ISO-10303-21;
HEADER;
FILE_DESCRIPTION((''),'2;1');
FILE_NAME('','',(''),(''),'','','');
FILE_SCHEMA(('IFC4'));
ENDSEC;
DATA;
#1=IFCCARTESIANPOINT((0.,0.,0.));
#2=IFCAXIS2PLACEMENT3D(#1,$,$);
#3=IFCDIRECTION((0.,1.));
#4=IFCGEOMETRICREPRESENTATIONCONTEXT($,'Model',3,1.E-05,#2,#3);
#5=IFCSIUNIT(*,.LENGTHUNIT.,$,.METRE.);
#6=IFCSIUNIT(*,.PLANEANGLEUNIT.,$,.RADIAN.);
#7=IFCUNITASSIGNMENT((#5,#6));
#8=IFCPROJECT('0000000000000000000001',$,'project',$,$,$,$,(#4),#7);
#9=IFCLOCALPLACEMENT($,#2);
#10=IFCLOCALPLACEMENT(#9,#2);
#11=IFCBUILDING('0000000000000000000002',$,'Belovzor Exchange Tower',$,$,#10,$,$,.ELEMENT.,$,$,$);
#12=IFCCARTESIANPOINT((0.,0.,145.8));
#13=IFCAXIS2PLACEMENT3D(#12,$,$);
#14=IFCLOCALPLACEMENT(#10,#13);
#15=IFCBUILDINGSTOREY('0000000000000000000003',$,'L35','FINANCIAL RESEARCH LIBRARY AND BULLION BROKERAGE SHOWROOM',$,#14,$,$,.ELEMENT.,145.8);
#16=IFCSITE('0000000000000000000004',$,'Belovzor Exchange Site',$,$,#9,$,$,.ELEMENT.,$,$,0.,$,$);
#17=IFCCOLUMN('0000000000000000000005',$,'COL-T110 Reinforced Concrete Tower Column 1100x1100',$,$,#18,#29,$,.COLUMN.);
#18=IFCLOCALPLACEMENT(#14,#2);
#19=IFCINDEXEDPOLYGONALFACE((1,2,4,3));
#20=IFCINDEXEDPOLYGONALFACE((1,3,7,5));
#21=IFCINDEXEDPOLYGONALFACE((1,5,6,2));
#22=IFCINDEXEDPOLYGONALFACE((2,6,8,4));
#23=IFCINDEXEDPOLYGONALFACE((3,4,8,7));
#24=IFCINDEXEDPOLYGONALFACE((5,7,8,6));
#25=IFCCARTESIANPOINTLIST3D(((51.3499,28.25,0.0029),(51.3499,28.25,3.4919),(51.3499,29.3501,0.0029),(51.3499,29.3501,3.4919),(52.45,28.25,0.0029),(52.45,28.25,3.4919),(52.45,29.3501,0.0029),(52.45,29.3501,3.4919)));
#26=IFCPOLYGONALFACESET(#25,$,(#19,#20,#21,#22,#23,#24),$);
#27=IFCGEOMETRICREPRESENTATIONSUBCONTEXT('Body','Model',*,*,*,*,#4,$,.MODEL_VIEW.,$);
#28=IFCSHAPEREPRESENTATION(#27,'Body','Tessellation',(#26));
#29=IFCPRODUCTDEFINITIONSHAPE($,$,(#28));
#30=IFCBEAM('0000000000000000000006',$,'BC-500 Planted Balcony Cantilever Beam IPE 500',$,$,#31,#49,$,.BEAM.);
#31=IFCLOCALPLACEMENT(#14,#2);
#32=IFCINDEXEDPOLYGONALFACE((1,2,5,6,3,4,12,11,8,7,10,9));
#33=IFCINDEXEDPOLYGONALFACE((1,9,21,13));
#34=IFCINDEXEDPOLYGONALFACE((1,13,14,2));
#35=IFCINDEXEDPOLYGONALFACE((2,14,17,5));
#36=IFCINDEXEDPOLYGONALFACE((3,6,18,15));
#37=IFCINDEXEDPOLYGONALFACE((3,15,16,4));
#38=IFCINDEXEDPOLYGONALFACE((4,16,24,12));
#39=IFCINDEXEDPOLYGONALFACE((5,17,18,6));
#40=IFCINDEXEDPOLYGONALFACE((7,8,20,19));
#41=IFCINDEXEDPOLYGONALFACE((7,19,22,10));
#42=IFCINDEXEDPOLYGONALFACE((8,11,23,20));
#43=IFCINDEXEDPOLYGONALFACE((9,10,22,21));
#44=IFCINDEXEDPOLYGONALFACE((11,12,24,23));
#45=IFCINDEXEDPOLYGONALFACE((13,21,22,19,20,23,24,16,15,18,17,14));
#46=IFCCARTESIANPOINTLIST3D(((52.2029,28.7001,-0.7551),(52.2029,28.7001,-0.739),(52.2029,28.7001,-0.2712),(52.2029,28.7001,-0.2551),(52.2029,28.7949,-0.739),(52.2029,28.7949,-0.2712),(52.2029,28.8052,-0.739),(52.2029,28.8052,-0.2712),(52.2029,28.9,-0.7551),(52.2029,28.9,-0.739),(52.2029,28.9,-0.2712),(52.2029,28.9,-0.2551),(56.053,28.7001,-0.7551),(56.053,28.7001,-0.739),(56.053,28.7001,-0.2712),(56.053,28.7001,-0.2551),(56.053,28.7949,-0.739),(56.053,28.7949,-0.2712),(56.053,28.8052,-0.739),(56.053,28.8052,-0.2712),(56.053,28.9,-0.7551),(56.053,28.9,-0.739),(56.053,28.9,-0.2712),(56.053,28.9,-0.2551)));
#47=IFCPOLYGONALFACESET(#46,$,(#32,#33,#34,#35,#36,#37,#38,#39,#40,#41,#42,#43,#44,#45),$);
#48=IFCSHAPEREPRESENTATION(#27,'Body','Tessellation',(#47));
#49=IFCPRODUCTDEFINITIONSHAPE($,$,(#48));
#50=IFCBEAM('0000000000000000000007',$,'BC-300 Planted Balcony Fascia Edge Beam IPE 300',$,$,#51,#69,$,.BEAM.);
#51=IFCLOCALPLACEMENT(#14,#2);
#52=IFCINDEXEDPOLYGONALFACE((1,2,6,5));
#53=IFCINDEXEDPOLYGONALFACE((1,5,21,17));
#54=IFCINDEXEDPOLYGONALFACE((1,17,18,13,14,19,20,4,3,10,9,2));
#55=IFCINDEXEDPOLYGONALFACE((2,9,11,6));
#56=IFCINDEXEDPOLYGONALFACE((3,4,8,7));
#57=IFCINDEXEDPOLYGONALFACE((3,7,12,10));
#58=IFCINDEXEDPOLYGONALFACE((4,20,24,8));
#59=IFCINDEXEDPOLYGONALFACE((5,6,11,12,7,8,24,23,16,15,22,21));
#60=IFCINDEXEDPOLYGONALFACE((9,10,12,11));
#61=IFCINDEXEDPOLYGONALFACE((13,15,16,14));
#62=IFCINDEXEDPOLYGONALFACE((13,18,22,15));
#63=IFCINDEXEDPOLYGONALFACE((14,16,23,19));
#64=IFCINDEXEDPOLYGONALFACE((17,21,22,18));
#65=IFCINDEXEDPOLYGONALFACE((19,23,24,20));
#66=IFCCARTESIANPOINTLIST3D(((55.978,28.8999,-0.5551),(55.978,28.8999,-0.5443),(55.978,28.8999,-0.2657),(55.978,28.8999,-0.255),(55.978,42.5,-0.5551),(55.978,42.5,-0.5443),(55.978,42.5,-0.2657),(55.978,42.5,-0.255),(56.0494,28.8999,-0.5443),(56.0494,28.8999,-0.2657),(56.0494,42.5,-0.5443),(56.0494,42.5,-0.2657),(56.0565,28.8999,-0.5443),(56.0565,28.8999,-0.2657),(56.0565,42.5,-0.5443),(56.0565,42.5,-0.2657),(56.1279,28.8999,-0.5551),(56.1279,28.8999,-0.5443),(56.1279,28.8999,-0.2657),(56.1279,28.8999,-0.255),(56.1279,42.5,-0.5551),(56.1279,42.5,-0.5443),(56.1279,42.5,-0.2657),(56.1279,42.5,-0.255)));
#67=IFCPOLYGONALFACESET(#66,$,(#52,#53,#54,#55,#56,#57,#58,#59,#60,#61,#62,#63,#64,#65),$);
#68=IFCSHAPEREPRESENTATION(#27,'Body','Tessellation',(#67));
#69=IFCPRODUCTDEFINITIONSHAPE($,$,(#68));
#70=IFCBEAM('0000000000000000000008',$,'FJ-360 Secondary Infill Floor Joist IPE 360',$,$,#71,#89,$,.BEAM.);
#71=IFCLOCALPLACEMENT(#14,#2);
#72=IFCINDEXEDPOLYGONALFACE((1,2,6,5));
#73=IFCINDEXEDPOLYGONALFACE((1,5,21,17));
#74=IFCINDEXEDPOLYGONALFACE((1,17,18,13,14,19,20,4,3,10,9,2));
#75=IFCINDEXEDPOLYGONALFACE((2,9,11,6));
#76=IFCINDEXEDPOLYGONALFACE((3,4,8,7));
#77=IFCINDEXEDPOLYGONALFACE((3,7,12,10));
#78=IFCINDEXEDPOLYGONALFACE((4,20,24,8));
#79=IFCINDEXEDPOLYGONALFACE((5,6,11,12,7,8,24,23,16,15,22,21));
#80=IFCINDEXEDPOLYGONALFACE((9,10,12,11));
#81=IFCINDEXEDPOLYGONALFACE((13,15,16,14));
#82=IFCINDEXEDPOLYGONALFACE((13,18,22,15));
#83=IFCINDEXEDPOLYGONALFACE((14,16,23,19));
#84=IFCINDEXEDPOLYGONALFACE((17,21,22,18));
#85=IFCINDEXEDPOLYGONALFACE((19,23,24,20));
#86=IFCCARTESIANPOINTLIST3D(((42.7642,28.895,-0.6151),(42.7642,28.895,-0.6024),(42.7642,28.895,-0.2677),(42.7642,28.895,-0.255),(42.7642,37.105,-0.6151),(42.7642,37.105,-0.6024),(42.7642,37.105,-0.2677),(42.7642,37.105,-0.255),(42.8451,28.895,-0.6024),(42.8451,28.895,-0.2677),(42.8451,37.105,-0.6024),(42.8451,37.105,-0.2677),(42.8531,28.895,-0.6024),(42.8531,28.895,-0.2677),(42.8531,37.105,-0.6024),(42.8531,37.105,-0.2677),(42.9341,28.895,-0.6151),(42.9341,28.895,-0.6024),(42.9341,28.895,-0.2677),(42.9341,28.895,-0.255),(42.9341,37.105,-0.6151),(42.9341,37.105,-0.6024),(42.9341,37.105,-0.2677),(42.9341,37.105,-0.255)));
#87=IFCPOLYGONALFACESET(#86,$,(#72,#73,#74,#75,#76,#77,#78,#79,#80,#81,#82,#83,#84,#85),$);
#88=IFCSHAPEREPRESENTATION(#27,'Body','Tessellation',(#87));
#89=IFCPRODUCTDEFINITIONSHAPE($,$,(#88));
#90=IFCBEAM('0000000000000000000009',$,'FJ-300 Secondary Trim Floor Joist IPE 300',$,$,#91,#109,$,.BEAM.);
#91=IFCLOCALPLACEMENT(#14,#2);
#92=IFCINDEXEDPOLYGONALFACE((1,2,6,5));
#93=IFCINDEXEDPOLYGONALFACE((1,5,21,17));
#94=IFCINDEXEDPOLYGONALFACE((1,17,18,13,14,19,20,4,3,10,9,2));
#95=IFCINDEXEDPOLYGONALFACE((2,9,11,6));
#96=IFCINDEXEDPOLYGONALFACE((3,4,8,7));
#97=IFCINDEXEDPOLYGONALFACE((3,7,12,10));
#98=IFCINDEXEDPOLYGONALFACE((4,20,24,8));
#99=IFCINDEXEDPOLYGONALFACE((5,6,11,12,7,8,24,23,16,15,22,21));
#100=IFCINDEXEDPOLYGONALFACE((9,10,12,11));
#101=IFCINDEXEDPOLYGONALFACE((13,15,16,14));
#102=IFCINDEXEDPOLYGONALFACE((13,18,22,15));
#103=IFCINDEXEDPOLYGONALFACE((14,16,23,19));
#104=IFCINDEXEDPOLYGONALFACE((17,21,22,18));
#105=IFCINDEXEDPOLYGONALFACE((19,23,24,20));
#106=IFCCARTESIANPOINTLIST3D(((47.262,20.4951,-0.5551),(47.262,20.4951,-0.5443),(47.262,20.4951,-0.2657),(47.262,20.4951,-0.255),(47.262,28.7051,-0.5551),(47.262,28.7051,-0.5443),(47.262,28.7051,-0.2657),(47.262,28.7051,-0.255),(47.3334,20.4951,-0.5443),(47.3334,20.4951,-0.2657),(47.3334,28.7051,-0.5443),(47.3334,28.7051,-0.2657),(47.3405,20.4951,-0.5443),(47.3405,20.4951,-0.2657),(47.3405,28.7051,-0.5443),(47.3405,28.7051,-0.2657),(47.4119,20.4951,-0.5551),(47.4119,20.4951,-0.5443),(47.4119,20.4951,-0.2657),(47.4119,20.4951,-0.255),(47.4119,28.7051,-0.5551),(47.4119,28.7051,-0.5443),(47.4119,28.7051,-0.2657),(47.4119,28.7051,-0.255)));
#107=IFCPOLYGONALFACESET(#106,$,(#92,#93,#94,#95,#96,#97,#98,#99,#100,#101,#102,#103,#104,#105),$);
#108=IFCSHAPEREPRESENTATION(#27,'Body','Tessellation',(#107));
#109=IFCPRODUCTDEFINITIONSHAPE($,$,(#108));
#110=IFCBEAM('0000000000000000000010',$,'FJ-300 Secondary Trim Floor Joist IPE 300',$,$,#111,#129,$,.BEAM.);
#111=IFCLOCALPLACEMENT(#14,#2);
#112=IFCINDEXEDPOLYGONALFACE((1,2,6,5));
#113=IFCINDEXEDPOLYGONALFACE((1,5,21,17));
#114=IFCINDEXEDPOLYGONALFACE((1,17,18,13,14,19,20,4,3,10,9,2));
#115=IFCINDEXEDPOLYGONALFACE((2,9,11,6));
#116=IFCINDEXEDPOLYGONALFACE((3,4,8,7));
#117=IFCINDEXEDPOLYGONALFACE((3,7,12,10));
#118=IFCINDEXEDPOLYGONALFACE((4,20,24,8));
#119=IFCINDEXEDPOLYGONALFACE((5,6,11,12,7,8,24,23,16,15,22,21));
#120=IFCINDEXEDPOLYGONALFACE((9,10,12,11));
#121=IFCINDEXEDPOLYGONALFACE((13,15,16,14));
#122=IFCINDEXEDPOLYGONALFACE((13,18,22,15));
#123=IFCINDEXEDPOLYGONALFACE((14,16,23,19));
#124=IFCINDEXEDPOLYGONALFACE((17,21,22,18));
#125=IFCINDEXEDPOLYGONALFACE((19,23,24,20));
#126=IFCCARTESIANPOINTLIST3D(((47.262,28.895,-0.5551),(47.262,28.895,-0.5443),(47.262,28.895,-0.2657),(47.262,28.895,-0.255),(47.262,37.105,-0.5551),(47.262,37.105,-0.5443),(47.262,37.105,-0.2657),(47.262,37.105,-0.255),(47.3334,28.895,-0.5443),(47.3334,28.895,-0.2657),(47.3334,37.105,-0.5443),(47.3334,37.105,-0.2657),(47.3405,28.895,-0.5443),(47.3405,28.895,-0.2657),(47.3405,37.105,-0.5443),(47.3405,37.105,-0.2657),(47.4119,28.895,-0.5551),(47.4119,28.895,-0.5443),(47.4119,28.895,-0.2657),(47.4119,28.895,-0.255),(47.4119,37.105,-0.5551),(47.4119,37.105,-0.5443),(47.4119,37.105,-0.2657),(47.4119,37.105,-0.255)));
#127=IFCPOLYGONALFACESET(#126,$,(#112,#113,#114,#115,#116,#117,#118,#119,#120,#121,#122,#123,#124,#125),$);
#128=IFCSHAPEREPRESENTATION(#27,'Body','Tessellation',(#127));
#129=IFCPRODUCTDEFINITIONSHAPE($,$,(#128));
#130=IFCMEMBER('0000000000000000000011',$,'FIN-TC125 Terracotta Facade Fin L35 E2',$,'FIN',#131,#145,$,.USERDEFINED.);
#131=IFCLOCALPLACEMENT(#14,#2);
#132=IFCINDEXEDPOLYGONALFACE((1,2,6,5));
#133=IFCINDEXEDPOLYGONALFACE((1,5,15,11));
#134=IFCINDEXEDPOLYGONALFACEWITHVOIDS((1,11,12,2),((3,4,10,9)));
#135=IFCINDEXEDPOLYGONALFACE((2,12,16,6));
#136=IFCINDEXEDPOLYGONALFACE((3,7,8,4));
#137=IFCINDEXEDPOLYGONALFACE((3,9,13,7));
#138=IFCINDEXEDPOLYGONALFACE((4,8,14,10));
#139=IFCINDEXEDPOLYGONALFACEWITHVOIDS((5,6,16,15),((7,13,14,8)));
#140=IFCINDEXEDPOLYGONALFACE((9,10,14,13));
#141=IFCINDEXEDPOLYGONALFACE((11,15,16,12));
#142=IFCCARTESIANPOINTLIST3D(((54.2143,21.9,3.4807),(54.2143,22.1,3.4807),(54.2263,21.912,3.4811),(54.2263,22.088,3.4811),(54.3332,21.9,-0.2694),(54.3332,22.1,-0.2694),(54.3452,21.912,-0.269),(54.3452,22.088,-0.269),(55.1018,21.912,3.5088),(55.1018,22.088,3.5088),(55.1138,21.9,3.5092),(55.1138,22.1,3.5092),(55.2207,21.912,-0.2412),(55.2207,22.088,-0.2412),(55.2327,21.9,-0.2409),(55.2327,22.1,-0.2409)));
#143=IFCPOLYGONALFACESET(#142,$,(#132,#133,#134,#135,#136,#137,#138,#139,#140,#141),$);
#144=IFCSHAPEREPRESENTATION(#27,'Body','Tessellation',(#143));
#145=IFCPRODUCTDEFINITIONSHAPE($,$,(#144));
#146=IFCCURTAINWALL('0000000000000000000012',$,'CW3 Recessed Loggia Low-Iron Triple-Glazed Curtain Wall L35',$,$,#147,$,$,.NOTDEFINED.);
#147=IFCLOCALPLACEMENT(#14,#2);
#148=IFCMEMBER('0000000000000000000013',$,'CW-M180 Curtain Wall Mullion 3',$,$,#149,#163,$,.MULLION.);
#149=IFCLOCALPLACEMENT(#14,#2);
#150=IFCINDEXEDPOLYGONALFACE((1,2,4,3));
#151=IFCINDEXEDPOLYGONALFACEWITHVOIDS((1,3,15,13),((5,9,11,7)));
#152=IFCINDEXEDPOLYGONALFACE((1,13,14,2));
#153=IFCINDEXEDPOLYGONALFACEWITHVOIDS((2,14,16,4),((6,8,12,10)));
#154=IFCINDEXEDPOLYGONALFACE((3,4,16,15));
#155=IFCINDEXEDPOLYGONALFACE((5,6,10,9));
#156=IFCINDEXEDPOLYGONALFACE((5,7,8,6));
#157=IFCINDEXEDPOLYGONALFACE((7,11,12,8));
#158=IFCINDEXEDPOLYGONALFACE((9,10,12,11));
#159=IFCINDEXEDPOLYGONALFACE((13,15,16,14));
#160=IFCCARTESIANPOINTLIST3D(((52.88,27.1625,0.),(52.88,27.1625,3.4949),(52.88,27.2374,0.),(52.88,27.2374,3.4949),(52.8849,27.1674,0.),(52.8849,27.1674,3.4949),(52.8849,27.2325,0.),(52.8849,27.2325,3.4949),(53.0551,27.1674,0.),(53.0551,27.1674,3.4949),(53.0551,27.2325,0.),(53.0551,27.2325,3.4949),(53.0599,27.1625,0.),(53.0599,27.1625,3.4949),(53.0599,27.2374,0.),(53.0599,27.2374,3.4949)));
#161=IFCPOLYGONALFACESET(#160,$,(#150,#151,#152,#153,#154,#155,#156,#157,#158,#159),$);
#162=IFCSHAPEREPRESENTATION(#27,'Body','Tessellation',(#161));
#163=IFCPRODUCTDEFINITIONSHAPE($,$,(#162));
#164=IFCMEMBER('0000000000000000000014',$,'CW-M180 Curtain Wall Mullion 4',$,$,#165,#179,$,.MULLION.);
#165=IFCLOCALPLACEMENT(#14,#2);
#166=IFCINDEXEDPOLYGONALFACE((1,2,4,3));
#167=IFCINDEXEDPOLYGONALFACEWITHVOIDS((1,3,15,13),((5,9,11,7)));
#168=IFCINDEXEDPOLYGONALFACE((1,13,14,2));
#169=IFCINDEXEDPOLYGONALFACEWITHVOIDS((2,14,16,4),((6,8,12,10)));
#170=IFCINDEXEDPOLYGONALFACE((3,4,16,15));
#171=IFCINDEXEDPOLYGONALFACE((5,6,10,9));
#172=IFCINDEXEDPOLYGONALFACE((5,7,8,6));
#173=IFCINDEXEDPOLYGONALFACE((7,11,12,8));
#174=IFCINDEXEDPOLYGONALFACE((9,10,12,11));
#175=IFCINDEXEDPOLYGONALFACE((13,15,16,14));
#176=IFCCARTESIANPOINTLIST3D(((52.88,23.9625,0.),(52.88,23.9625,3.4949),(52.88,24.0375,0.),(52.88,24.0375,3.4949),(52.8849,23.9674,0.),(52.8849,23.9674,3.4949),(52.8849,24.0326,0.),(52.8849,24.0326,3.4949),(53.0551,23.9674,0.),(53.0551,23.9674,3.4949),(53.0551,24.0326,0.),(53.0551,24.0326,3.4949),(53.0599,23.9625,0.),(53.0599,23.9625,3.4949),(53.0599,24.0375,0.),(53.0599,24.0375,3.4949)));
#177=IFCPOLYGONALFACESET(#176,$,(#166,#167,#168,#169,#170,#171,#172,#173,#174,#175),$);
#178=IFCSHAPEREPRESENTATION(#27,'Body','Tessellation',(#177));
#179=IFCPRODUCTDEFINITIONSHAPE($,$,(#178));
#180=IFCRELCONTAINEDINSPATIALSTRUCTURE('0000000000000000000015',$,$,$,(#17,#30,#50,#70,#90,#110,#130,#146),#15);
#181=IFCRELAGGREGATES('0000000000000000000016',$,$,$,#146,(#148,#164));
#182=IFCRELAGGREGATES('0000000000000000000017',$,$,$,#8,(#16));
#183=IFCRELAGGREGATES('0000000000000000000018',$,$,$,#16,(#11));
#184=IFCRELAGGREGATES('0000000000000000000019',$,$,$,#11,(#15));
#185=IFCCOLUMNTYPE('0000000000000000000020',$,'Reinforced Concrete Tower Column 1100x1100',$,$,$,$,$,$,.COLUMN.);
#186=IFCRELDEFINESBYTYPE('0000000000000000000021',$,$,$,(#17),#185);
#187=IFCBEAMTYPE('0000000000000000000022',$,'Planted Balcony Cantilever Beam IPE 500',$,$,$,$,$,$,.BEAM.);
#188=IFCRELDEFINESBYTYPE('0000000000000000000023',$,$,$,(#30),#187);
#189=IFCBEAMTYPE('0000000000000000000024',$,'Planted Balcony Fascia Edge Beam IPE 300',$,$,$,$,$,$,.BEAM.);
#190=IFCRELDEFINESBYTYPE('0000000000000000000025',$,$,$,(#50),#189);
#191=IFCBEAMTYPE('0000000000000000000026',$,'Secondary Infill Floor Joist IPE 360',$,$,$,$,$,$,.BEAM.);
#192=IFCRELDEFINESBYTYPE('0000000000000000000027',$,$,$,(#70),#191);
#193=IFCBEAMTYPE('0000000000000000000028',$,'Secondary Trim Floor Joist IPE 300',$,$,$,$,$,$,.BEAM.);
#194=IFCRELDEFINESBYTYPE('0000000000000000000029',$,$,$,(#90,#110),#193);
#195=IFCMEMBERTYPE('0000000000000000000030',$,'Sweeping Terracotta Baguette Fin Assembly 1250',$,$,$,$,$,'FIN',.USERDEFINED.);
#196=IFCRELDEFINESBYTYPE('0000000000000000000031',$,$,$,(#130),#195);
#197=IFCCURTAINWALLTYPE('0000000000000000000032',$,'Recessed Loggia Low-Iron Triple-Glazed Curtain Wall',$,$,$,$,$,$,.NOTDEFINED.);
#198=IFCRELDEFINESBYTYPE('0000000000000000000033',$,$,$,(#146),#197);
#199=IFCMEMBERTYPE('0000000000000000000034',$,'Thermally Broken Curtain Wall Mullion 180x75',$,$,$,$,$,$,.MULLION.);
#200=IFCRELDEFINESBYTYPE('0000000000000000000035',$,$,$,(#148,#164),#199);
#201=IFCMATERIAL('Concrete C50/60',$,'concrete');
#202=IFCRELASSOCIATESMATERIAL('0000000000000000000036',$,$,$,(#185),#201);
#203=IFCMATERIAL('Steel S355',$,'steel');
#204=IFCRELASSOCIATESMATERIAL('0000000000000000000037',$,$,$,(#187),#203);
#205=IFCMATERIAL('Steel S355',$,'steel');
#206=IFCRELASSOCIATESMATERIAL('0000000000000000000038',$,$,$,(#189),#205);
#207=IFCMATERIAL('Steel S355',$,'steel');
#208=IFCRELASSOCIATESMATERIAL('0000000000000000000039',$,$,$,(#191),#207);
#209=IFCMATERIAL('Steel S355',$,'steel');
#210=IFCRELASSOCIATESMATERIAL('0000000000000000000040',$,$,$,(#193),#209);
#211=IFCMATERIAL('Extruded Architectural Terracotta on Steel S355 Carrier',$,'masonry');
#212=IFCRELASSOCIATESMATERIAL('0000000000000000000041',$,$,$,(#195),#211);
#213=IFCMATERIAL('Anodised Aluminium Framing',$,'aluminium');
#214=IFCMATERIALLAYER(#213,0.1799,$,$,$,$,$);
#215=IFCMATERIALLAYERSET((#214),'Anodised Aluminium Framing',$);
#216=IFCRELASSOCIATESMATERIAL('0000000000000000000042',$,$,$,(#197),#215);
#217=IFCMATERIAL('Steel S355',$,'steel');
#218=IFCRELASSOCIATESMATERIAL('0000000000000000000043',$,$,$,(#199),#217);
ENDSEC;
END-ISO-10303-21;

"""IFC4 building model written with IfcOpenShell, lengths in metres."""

from ifc_helpers import new_model, si_unit, direction, frame, origin, origin_2d, place, context, subcontext, project, spatial, rectangle, hollow_rectangle, i_section, extrude, material, layer, layer_set, material_profile, profile_set, type_object, element, aggregate, save


model = new_model("IFC4")

# Units and contexts
model_context = context("Model", 3, precision=1e-05, world=origin(), true_north=direction((0.0, 1.0)))
body_context = subcontext(model_context, "Body", "Model", "MODEL_VIEW")
ifc_project = project(units=[si_unit("LENGTHUNIT", "METRE"), si_unit("PLANEANGLEUNIT", "RADIAN")], contexts=[model_context])

# Site, building, storey
site_placement = place(None, origin())
site = spatial("IfcSite", under=ifc_project, at=site_placement, Name="Belovzor Exchange Site", CompositionType="ELEMENT", RefElevation=0.0)
building_placement = place(site_placement, origin())
building = spatial("IfcBuilding", under=site, at=building_placement, Name="Belovzor Exchange Tower", CompositionType="ELEMENT")
storey_placement = place(building_placement, frame((0.0, 0.0, 145.8)))
storey = spatial("IfcBuildingStorey", under=building, at=storey_placement, Name="L35", Description="FINANCIAL RESEARCH LIBRARY AND BULLION BROKERAGE SHOWROOM", CompositionType="ELEMENT", Elevation=145.8)

# Column
ifc_material_1 = material(Name="Concrete C50/60", Category="concrete")
ifc_material_profile_1 = material_profile(ifc_material_1, rectangle(XDim=1.1001, YDim=1.1001, at=origin_2d()))
ifc_profile_set_1 = profile_set([ifc_material_profile_1], Name="Concrete C50/60")
column_type = type_object("IfcColumnType", Name="Reinforced Concrete Tower Column 1100x1100", PredefinedType="COLUMN", material=ifc_profile_set_1)
column_placement = place(storey_placement, frame((51.8999, 28.8, 0.0029), z_axis=(0.0, 0.0, 1.0), x_axis=(1.0, 0.0, 0.0)))
element("IfcColumn", 1, at=column_placement, inside=storey, type_object=column_type, Name="COL-T110 Reinforced Concrete Tower Column 1100x1100", PredefinedType="COLUMN", context=body_context, shape_type="SweptSolid", body=[
    extrude(rectangle(XDim=1.1001, YDim=1.1001, at=origin_2d()), origin(), (0.0, 0.0, 1.0), 3.489),
])

# Beams
ifc_material_2 = material(Name="Steel S355", Category="steel")
ifc_material_profile_2 = material_profile(ifc_material_2, i_section(OverallWidth=0.2, OverallDepth=0.5, WebThickness=0.0103, FlangeThickness=0.0161, at=origin_2d()))
ifc_profile_set_2 = profile_set([ifc_material_profile_2], Name="Steel S355")
beam_type_1 = type_object("IfcBeamType", Name="Planted Balcony Cantilever Beam IPE 500", PredefinedType="BEAM", material=ifc_profile_set_2)
beam_1_placement = place(storey_placement, frame((52.2029, 28.8, -0.5051), z_axis=(1.0, 0.0, 0.0), x_axis=(0.0, 1.0, 0.0)))
element("IfcBeam", 2, at=beam_1_placement, inside=storey, type_object=beam_type_1, Name="BC-500 Planted Balcony Cantilever Beam IPE 500", PredefinedType="BEAM", context=body_context, shape_type="SweptSolid", body=[
    extrude(i_section(OverallWidth=0.2, OverallDepth=0.5, WebThickness=0.0103, FlangeThickness=0.0161, at=origin_2d()), origin(), (0.0, 0.0, 1.0), 3.8501),
])
ifc_material_3 = material(Name="Steel S355", Category="steel")
ifc_material_profile_3 = material_profile(ifc_material_3, i_section(OverallWidth=0.1499, OverallDepth=0.3, WebThickness=0.0071, FlangeThickness=0.0107, at=origin_2d()))
ifc_profile_set_3 = profile_set([ifc_material_profile_3], Name="Steel S355")
beam_type_2 = type_object("IfcBeamType", Name="Planted Balcony Fascia Edge Beam IPE 300", PredefinedType="BEAM", material=ifc_profile_set_3)
beam_2_placement = place(storey_placement, frame((56.053, 28.8999, -0.405), z_axis=(0.0, 1.0, 0.0), x_axis=(-1.0, 0.0, 0.0)))
element("IfcBeam", 3, at=beam_2_placement, inside=storey, type_object=beam_type_2, Name="BC-300 Planted Balcony Fascia Edge Beam IPE 300", PredefinedType="BEAM", context=body_context, shape_type="SweptSolid", body=[
    extrude(i_section(OverallWidth=0.1499, OverallDepth=0.3, WebThickness=0.0071, FlangeThickness=0.0107, at=origin_2d()), origin(), (0.0, 0.0, 1.0), 13.6001),
])
ifc_material_4 = material(Name="Steel S355", Category="steel")
ifc_material_profile_4 = material_profile(ifc_material_4, i_section(OverallWidth=0.1699, OverallDepth=0.3601, WebThickness=0.0081, FlangeThickness=0.0127, at=origin_2d()))
ifc_profile_set_4 = profile_set([ifc_material_profile_4], Name="Steel S355")
beam_type_3 = type_object("IfcBeamType", Name="Secondary Infill Floor Joist IPE 360", PredefinedType="BEAM", material=ifc_profile_set_4)
beam_3_placement = place(storey_placement, frame((42.8491, 28.895, -0.4351), z_axis=(0.0, 1.0, 0.0), x_axis=(-1.0, 0.0, 0.0)))
element("IfcBeam", 4, at=beam_3_placement, inside=storey, type_object=beam_type_3, Name="FJ-360 Secondary Infill Floor Joist IPE 360", PredefinedType="BEAM", context=body_context, shape_type="SweptSolid", body=[
    extrude(i_section(OverallWidth=0.1699, OverallDepth=0.3601, WebThickness=0.0081, FlangeThickness=0.0127, at=origin_2d()), origin(), (0.0, 0.0, 1.0), 8.21),
])
ifc_material_5 = material(Name="Steel S355", Category="steel")
ifc_material_profile_5 = material_profile(ifc_material_5, i_section(OverallWidth=0.1499, OverallDepth=0.3, WebThickness=0.0071, FlangeThickness=0.0107, at=origin_2d()))
ifc_profile_set_5 = profile_set([ifc_material_profile_5], Name="Steel S355")
beam_type_4 = type_object("IfcBeamType", Name="Secondary Trim Floor Joist IPE 300", PredefinedType="BEAM", material=ifc_profile_set_5)
for number, where, z_axis, x_axis, name in (
    (5, (47.3369, 20.4951, -0.405), (0.0, 1.0, 0.0), (-1.0, 0.0, 0.0), "FJ-300 Secondary Trim Floor Joist IPE 300"),
    (6, (47.3369, 28.895, -0.405), (0.0, 1.0, 0.0), (-1.0, 0.0, 0.0), "FJ-300 Secondary Trim Floor Joist IPE 300"),
):
    element("IfcBeam", number, at=place(storey_placement, frame(where, z_axis=z_axis, x_axis=x_axis)), inside=storey, type_object=beam_type_4, Name=name, PredefinedType="BEAM", context=body_context, shape_type="SweptSolid", body=[
        extrude(i_section(OverallWidth=0.1499, OverallDepth=0.3, WebThickness=0.0071, FlangeThickness=0.0107, at=origin_2d()), origin(), (0.0, 0.0, 1.0), 8.21),
    ])

# Member
ifc_material_6 = material(Name="Extruded Architectural Terracotta on Steel S355 Carrier", Category="masonry")
ifc_material_profile_6 = material_profile(ifc_material_6, hollow_rectangle(XDim=0.2, YDim=0.8999, WallThickness=0.012, at=origin_2d()))
ifc_profile_set_6 = profile_set([ifc_material_profile_6], Name="Extruded Architectural Terracotta on Steel S355 Carrier")
member_type_1 = type_object("IfcMemberType", Name="Sweeping Terracotta Baguette Fin Assembly 1250", ElementType="FIN", PredefinedType="USERDEFINED", material=ifc_profile_set_6)
member_1_placement = place(storey_placement, frame((54.783, 22.0, -0.2551), z_axis=(-0.03169, 0.0, 0.999498), x_axis=(0.0, -1.0, 0.0)))
element("IfcMember", 7, at=member_1_placement, inside=storey, type_object=member_type_1, Name="FIN-TC125 Terracotta Facade Fin L35 E2", ObjectType="FIN", PredefinedType="USERDEFINED", context=body_context, shape_type="SweptSolid", body=[
    extrude(hollow_rectangle(XDim=0.2, YDim=0.8999, WallThickness=0.012, at=origin_2d()), origin(), (0.0, 0.0, 1.0), 3.752),
])

# Curtain wall, members
ifc_material_7 = material(Name="Anodised Aluminium Framing", Category="aluminium")
ifc_layer_1 = layer(ifc_material_7, 0.1799)
ifc_layer_set_1 = layer_set([ifc_layer_1], Name="Anodised Aluminium Framing")
curtain_wall_type = type_object("IfcCurtainWallType", Name="Recessed Loggia Low-Iron Triple-Glazed Curtain Wall", PredefinedType="NOTDEFINED", material=ifc_layer_set_1)
curtain_wall_placement = place(storey_placement, origin())
curtain_wall = element("IfcCurtainWall", 8, at=curtain_wall_placement, inside=storey, type_object=curtain_wall_type, Name="CW3 Recessed Loggia Low-Iron Triple-Glazed Curtain Wall L35", PredefinedType="NOTDEFINED")
ifc_material_8 = material(Name="Steel S355", Category="steel")
ifc_material_profile_7 = material_profile(ifc_material_8, hollow_rectangle(XDim=0.075, YDim=0.1799, WallThickness=0.0049, at=origin_2d()))
ifc_profile_set_7 = profile_set([ifc_material_profile_7], Name="Steel S355")
member_type_2 = type_object("IfcMemberType", Name="Thermally Broken Curtain Wall Mullion 180x75", PredefinedType="MULLION", material=ifc_profile_set_7)
member_2_placement = place(storey_placement, frame((52.97, 27.2, 0.0), z_axis=(0.0, 0.0, 1.0), x_axis=(0.0, -1.0, 0.0)))
member_2 = element("IfcMember", 9, at=member_2_placement, type_object=member_type_2, Name="CW-M180 Curtain Wall Mullion 3", PredefinedType="MULLION", context=body_context, shape_type="SweptSolid", body=[
    extrude(hollow_rectangle(XDim=0.075, YDim=0.1799, WallThickness=0.0049, at=origin_2d()), origin(), (0.0, 0.0, 1.0), 3.4949),
])
member_3_placement = place(storey_placement, frame((52.97, 24.0, 0.0), z_axis=(0.0, 0.0, 1.0), x_axis=(0.0, -1.0, 0.0)))
member_3 = element("IfcMember", 10, at=member_3_placement, type_object=member_type_2, Name="CW-M180 Curtain Wall Mullion 4", PredefinedType="MULLION", context=body_context, shape_type="SweptSolid", body=[
    extrude(hollow_rectangle(XDim=0.075, YDim=0.1799, WallThickness=0.0049, at=origin_2d()), origin(), (0.0, 0.0, 1.0), 3.4949),
])

aggregate(curtain_wall, [member_2, member_3])

save(model, "model.ifc")
